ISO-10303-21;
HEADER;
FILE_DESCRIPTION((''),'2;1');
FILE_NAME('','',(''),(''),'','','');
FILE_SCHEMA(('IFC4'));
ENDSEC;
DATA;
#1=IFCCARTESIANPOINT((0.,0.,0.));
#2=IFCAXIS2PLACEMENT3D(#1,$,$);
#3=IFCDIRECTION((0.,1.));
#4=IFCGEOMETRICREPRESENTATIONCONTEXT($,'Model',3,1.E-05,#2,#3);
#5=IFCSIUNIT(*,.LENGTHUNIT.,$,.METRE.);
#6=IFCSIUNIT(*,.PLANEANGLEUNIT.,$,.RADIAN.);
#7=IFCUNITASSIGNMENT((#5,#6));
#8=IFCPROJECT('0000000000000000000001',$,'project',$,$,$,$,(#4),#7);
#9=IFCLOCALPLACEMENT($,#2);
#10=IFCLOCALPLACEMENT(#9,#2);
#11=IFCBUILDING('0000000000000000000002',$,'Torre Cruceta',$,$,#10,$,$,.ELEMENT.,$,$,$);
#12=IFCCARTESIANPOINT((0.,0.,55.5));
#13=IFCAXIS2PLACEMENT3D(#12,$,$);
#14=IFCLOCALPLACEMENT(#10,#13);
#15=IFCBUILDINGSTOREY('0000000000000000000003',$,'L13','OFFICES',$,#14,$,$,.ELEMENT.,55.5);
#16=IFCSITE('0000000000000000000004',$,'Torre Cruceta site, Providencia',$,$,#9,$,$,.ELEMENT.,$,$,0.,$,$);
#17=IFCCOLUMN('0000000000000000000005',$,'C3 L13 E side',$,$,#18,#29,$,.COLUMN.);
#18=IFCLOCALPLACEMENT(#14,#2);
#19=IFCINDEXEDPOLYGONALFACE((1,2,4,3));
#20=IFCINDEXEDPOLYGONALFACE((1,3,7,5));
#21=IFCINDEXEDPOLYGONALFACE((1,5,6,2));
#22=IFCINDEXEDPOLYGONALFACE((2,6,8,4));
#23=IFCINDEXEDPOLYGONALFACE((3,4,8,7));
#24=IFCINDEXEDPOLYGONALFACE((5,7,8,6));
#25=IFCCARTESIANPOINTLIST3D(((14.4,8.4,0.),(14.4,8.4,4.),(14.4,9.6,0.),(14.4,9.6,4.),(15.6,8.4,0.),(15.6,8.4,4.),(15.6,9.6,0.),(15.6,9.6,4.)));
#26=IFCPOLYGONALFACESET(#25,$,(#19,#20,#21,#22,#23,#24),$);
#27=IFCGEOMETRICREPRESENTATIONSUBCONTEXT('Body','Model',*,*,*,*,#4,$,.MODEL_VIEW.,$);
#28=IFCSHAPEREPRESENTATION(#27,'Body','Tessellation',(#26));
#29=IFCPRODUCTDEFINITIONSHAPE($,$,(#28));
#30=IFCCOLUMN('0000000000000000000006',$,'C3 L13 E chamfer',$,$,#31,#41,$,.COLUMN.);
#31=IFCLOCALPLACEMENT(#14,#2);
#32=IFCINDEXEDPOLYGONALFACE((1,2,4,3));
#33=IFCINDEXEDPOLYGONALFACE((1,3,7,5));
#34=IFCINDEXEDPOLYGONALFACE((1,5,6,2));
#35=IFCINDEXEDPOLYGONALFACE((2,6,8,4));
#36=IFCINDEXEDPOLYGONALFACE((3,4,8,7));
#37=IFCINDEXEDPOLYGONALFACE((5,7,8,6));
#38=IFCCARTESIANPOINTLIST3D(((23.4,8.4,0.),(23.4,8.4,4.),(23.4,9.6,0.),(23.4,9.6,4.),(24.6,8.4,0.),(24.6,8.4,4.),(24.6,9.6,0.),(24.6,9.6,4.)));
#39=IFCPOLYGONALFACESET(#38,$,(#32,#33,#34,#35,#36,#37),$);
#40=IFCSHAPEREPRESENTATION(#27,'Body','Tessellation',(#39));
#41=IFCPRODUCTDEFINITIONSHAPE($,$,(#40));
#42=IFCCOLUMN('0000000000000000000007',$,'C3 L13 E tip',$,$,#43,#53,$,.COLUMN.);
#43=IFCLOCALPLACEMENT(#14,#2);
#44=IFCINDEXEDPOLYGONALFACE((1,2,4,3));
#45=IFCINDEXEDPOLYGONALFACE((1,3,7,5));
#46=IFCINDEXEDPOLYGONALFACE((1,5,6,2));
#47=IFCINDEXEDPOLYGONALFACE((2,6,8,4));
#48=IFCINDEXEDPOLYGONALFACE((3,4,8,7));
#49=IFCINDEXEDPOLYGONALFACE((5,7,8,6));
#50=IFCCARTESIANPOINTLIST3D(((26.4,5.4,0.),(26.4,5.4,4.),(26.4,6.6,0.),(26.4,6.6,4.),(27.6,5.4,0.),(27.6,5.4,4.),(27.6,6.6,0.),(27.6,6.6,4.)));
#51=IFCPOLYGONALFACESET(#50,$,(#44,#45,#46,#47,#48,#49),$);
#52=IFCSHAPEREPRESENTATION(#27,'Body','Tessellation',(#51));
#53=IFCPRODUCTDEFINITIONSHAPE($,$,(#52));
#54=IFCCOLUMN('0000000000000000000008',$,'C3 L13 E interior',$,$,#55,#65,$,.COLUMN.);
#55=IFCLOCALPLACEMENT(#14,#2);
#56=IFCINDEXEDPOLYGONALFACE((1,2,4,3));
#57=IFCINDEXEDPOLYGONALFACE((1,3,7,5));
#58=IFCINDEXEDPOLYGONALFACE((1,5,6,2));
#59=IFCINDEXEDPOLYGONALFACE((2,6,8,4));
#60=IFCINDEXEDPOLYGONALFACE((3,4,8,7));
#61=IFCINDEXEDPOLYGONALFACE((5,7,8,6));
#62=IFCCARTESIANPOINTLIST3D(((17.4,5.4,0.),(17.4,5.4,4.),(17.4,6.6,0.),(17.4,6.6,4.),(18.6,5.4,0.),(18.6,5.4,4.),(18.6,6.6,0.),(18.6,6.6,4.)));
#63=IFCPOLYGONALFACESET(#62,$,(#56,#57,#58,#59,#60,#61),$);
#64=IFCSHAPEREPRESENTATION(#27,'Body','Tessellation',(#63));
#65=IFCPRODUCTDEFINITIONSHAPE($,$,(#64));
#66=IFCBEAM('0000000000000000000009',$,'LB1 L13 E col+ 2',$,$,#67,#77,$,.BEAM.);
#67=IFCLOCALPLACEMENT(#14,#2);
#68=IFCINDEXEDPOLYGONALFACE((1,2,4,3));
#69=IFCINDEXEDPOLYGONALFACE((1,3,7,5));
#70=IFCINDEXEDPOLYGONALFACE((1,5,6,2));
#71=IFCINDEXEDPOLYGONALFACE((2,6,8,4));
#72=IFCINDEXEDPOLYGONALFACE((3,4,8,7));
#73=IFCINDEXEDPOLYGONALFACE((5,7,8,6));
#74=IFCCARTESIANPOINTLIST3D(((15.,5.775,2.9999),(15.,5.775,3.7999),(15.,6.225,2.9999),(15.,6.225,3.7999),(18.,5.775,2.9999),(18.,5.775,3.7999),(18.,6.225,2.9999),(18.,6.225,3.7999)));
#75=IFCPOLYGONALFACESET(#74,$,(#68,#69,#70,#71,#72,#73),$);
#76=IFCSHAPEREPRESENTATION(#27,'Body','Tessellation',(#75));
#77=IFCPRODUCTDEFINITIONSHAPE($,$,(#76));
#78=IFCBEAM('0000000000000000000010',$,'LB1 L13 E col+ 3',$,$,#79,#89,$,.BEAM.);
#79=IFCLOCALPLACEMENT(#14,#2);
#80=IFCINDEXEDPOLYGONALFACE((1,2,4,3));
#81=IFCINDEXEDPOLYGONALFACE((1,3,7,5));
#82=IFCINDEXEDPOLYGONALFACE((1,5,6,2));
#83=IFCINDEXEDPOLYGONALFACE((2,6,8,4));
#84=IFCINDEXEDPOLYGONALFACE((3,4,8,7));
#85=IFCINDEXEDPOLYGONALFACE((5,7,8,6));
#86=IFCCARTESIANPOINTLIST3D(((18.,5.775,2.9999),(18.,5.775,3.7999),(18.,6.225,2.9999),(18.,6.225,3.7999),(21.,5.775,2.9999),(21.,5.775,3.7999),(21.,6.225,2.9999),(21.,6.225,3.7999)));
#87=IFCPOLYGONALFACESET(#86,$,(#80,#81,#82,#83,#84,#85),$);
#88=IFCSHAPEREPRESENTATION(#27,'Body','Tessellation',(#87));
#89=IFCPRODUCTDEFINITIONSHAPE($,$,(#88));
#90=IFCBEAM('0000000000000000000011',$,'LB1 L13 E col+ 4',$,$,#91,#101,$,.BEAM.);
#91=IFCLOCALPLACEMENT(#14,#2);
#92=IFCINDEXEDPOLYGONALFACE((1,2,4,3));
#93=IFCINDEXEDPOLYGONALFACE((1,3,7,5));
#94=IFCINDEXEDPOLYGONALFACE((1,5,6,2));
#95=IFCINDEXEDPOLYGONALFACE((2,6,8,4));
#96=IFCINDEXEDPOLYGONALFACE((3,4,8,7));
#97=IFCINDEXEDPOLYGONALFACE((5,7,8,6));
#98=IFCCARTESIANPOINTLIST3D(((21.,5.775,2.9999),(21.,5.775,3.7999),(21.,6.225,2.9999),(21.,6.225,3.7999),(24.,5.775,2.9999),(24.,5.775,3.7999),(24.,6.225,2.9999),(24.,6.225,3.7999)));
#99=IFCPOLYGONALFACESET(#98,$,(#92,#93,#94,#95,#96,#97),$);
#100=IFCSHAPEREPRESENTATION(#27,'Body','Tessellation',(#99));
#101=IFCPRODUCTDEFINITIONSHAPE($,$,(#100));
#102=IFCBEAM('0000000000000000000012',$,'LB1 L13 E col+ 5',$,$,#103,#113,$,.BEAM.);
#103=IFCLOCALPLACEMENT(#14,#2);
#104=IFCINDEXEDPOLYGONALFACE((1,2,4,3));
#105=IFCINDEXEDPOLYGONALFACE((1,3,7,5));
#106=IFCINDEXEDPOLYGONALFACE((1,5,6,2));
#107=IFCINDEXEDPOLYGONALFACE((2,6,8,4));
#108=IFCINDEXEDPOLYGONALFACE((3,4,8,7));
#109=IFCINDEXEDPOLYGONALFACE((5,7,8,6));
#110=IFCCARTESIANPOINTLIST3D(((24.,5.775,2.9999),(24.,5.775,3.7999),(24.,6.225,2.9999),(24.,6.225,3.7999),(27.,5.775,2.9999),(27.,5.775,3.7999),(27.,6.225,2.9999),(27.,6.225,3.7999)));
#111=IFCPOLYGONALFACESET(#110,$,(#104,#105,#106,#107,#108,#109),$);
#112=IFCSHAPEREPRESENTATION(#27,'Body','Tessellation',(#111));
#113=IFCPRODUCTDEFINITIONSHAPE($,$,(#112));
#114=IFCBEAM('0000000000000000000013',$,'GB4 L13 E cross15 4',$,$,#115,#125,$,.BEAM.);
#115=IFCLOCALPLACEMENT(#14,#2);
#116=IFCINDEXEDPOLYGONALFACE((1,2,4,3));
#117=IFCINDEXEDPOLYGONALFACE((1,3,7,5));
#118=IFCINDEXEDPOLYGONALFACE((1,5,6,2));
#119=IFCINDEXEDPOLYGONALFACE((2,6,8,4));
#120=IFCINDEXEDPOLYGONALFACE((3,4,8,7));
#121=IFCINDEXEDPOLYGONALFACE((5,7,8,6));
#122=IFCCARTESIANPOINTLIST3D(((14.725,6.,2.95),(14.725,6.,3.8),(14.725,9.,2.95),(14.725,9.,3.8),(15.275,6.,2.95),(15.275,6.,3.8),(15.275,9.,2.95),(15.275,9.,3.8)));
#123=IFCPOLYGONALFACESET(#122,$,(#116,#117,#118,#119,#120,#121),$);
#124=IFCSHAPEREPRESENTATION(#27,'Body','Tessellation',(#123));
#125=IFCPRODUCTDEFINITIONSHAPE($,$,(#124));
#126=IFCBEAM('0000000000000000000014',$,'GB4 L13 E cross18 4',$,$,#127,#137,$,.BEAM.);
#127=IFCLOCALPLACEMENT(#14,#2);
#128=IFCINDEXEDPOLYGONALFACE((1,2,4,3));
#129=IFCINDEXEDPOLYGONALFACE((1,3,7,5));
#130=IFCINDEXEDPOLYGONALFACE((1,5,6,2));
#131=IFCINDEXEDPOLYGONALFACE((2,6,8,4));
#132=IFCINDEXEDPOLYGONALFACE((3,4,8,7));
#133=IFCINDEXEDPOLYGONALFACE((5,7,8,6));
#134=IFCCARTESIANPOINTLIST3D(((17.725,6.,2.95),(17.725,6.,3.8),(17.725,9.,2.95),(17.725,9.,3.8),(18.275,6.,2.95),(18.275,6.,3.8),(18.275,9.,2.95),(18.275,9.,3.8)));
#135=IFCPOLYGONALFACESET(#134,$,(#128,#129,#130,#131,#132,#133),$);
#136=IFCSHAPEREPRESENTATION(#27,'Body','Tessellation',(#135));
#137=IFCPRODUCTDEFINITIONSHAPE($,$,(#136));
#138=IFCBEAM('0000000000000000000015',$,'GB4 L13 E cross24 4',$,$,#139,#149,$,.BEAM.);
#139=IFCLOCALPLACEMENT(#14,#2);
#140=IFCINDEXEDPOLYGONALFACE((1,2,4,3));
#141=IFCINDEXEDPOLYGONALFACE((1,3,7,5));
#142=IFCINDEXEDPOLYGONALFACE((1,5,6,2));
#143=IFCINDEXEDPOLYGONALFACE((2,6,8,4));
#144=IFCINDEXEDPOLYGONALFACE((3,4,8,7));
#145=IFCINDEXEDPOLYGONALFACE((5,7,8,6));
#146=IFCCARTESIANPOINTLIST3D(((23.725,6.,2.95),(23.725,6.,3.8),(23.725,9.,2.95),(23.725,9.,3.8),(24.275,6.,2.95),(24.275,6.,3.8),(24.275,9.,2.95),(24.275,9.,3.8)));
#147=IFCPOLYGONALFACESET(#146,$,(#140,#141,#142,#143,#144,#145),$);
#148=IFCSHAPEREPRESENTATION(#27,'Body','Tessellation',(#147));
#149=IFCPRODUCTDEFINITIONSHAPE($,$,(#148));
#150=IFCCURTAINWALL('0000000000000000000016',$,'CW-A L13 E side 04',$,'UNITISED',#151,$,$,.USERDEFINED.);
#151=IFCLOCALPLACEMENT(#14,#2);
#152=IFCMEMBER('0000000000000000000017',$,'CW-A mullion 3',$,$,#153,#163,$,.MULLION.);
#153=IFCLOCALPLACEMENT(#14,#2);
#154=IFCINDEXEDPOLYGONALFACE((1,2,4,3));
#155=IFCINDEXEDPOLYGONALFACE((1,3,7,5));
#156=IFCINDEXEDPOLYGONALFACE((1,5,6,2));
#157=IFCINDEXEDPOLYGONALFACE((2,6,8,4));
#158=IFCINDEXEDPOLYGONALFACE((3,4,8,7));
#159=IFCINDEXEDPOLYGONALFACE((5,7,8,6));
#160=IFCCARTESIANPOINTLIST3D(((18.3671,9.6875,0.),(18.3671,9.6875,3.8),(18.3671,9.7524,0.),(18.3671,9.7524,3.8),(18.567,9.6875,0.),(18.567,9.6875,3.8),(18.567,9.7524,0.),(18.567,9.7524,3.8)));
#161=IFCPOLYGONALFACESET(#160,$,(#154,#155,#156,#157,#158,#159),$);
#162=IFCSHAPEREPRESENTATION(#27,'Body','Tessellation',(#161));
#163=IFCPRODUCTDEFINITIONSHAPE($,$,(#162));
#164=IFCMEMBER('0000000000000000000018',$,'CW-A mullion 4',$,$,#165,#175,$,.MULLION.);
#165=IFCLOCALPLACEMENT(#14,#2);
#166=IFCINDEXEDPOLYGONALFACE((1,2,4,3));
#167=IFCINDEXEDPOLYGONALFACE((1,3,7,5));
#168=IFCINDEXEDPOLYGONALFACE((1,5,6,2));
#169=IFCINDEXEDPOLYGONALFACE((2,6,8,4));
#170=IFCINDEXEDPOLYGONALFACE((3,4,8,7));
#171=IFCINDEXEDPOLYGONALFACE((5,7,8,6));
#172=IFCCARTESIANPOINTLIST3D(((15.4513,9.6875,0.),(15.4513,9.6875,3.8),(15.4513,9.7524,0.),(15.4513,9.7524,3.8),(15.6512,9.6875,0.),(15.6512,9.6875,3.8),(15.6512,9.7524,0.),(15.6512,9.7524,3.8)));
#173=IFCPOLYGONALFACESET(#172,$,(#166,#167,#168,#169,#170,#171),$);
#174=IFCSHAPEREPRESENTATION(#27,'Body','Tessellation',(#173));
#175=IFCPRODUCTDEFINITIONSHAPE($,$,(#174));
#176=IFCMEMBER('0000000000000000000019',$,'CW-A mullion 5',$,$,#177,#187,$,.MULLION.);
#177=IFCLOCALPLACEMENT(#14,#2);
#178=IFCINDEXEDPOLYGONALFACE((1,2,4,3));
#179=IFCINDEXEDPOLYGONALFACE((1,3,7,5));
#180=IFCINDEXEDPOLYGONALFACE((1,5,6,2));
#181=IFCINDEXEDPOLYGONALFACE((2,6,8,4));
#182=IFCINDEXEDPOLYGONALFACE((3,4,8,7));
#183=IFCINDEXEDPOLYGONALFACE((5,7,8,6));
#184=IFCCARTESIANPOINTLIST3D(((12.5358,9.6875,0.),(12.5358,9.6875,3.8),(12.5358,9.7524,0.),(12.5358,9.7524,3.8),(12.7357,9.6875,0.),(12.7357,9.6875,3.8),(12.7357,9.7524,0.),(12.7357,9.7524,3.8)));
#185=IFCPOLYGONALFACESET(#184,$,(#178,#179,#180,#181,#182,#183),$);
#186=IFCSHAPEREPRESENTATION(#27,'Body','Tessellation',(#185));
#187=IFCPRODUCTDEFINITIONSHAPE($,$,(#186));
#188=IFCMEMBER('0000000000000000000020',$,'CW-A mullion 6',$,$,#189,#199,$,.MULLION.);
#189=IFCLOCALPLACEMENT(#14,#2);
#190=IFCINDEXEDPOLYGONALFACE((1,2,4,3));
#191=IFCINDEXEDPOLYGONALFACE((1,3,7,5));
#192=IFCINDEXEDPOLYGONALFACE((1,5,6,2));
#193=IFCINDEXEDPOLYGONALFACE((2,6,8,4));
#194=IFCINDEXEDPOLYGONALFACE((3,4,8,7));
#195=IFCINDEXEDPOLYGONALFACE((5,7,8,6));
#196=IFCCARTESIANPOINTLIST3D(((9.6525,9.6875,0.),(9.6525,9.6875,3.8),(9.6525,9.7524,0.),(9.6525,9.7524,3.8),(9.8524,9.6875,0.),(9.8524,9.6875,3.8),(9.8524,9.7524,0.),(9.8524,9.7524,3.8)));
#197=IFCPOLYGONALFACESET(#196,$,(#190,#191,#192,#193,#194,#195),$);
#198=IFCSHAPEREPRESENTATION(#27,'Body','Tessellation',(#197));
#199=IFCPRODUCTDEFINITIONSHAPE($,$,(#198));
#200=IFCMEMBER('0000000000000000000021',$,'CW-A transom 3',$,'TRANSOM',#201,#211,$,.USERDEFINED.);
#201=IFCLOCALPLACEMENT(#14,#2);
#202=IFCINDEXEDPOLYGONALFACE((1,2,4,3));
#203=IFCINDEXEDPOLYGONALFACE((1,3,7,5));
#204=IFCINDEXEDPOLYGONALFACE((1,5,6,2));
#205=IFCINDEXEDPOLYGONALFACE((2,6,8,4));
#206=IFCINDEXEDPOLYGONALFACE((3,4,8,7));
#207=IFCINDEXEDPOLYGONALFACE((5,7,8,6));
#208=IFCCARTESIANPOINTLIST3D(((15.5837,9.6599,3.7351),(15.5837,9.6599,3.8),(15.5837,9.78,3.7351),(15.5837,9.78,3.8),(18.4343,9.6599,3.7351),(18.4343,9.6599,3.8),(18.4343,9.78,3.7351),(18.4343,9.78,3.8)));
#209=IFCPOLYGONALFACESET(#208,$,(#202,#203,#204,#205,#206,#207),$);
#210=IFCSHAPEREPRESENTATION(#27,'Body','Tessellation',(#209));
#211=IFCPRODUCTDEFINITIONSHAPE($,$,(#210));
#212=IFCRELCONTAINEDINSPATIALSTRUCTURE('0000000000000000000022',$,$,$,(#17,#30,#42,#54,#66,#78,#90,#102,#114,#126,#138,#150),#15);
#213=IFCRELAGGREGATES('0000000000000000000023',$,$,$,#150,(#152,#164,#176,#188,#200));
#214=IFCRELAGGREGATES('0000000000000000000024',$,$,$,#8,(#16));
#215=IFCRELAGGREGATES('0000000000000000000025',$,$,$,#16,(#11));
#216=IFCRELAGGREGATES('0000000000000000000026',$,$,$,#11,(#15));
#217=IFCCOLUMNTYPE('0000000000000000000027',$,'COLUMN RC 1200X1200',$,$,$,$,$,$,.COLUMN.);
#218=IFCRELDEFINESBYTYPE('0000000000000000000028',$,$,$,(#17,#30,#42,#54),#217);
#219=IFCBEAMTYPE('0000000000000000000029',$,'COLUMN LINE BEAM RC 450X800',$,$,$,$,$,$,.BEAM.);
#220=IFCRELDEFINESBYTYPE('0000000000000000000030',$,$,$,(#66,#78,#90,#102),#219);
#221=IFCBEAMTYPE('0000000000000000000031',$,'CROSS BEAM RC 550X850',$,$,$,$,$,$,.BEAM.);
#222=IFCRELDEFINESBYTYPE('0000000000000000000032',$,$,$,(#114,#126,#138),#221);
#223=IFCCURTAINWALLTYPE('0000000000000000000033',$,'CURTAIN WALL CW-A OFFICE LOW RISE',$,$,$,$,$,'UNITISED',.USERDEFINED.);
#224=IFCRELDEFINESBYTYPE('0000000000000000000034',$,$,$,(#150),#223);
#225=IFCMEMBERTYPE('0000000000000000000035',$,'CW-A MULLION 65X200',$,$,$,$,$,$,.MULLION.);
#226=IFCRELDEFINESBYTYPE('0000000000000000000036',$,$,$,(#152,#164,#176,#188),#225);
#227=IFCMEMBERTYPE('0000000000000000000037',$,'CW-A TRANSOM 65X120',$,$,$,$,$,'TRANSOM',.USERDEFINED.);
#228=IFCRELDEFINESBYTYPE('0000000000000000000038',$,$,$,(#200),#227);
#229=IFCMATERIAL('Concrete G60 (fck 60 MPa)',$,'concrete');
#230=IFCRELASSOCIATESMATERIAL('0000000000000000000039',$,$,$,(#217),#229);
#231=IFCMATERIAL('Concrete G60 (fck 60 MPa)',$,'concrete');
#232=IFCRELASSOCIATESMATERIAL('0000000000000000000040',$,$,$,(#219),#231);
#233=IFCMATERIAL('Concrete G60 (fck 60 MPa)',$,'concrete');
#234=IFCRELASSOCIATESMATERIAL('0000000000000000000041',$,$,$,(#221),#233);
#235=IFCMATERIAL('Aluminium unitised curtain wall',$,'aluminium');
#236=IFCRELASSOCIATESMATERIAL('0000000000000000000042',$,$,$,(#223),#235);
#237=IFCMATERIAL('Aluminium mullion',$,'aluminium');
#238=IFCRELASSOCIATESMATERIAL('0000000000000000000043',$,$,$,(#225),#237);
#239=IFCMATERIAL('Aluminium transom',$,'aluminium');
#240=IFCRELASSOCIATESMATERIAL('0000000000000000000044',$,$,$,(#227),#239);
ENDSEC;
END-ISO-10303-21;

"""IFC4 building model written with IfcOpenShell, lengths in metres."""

from ifc_helpers import new_model, si_unit, direction, frame, origin, origin_2d, place, context, subcontext, project, spatial, rectangle, extrude, material, material_profile, profile_set, type_object, element, aggregate, save


model = new_model("IFC4")

# Units and contexts
model_context = context("Model", 3, precision=1e-05, world=origin(), true_north=direction((0.0, 1.0)))
body_context = subcontext(model_context, "Body", "Model", "MODEL_VIEW")
ifc_project = project(units=[si_unit("LENGTHUNIT", "METRE"), si_unit("PLANEANGLEUNIT", "RADIAN")], contexts=[model_context])

# Site, building, storey
site_placement = place(None, origin())
site = spatial("IfcSite", under=ifc_project, at=site_placement, Name="Torre Cruceta site, Providencia", CompositionType="ELEMENT", RefElevation=0.0)
building_placement = place(site_placement, origin())
building = spatial("IfcBuilding", under=site, at=building_placement, Name="Torre Cruceta", CompositionType="ELEMENT")
storey_placement = place(building_placement, frame((0.0, 0.0, 55.5)))
storey = spatial("IfcBuildingStorey", under=building, at=storey_placement, Name="L13", Description="OFFICES", CompositionType="ELEMENT", Elevation=55.5)

# Columns
ifc_material_1 = material(Name="Concrete G60 (fck 60 MPa)", Category="concrete")
ifc_material_profile_1 = material_profile(ifc_material_1, rectangle(XDim=1.2, YDim=1.2, at=origin_2d()), Name="RC 1200X1200")
ifc_profile_set_1 = profile_set([ifc_material_profile_1], Name="Concrete G60 (fck 60 MPa)")
column_type = type_object("IfcColumnType", Name="COLUMN RC 1200X1200", PredefinedType="COLUMN", material=ifc_profile_set_1)
for number, where, z_axis, x_axis, name in (
    (1, (15.0, 9.0, 0.0), (0.0, 0.0, 1.0), (1.0, 0.0, 0.0), "C3 L13 E side"),
    (2, (24.0, 9.0, 0.0), (0.0, 0.0, 1.0), (1.0, 0.0, 0.0), "C3 L13 E chamfer"),
    (3, (27.0, 6.0, 0.0), (0.0, 0.0, 1.0), (1.0, 0.0, 0.0), "C3 L13 E tip"),
    (4, (18.0, 6.0, 0.0), (0.0, 0.0, 1.0), (1.0, 0.0, 0.0), "C3 L13 E interior"),
):
    element("IfcColumn", number, at=place(storey_placement, frame(where, z_axis=z_axis, x_axis=x_axis)), inside=storey, type_object=column_type, Name=name, PredefinedType="COLUMN", context=body_context, shape_type="SweptSolid", body=[
        extrude(rectangle(XDim=1.2, YDim=1.2, at=origin_2d()), origin(), (0.0, 0.0, 1.0), 4.0),
    ])

# Beams
ifc_material_2 = material(Name="Concrete G60 (fck 60 MPa)", Category="concrete")
ifc_material_profile_2 = material_profile(ifc_material_2, rectangle(XDim=0.45, YDim=0.8, at=origin_2d()), Name="RC 450X800")
ifc_profile_set_2 = profile_set([ifc_material_profile_2], Name="Concrete G60 (fck 60 MPa)")
beam_type_1 = type_object("IfcBeamType", Name="COLUMN LINE BEAM RC 450X800", PredefinedType="BEAM", material=ifc_profile_set_2)
for number, where, z_axis, x_axis, name in (
    (5, (15.0, 6.0, 3.3999), (1.0, 0.0, 0.0), (0.0, 1.0, 0.0), "LB1 L13 E col+ 2"),
    (6, (18.0, 6.0, 3.3999), (1.0, 0.0, 0.0), (0.0, 1.0, 0.0), "LB1 L13 E col+ 3"),
    (7, (21.0, 6.0, 3.3999), (1.0, 0.0, 0.0), (0.0, 1.0, 0.0), "LB1 L13 E col+ 4"),
    (8, (24.0, 6.0, 3.3999), (1.0, 0.0, 0.0), (0.0, 1.0, 0.0), "LB1 L13 E col+ 5"),
):
    element("IfcBeam", number, at=place(storey_placement, frame(where, z_axis=z_axis, x_axis=x_axis)), inside=storey, type_object=beam_type_1, Name=name, PredefinedType="BEAM", context=body_context, shape_type="SweptSolid", body=[
        extrude(rectangle(XDim=0.45, YDim=0.8, at=origin_2d()), origin(), (0.0, 0.0, 1.0), 3.0),
    ])
ifc_material_3 = material(Name="Concrete G60 (fck 60 MPa)", Category="concrete")
ifc_material_profile_3 = material_profile(ifc_material_3, rectangle(XDim=0.55, YDim=0.8501, at=origin_2d()), Name="RC 550X850")
ifc_profile_set_3 = profile_set([ifc_material_profile_3], Name="Concrete G60 (fck 60 MPa)")
beam_type_2 = type_object("IfcBeamType", Name="CROSS BEAM RC 550X850", PredefinedType="BEAM", material=ifc_profile_set_3)
for number, where, z_axis, x_axis, name in (
    (9, (15.0, 6.0, 3.375), (0.0, 1.0, 0.0), (-1.0, 0.0, 0.0), "GB4 L13 E cross15 4"),
    (10, (18.0, 6.0, 3.375), (0.0, 1.0, 0.0), (-1.0, 0.0, 0.0), "GB4 L13 E cross18 4"),
    (11, (24.0, 6.0, 3.375), (0.0, 1.0, 0.0), (-1.0, 0.0, 0.0), "GB4 L13 E cross24 4"),
):
    element("IfcBeam", number, at=place(storey_placement, frame(where, z_axis=z_axis, x_axis=x_axis)), inside=storey, type_object=beam_type_2, Name=name, PredefinedType="BEAM", context=body_context, shape_type="SweptSolid", body=[
        extrude(rectangle(XDim=0.55, YDim=0.8501, at=origin_2d()), origin(), (0.0, 0.0, 1.0), 3.0),
    ])

# Curtain wall, members
ifc_material_4 = material(Name="Aluminium unitised curtain wall", Category="aluminium")
curtain_wall_type = type_object("IfcCurtainWallType", Name="CURTAIN WALL CW-A OFFICE LOW RISE", ElementType="UNITISED", PredefinedType="USERDEFINED", material=ifc_material_4)
curtain_wall_placement = place(storey_placement, origin())
curtain_wall = element("IfcCurtainWall", 12, at=curtain_wall_placement, inside=storey, type_object=curtain_wall_type, Name="CW-A L13 E side 04", ObjectType="UNITISED", PredefinedType="USERDEFINED")
ifc_material_5 = material(Name="Aluminium mullion", Category="aluminium")
ifc_material_profile_4 = material_profile(ifc_material_5, rectangle(XDim=0.0649, YDim=0.2, at=origin_2d()), Name="AL 65X200")
ifc_profile_set_4 = profile_set([ifc_material_profile_4], Name="Aluminium mullion")
member_type_1 = type_object("IfcMemberType", Name="CW-A MULLION 65X200", PredefinedType="MULLION", material=ifc_profile_set_4)
member_1_placement = place(storey_placement, frame((18.467, 9.72, 0.0), z_axis=(0.0, 0.0, 1.0), x_axis=(0.0, -1.0, 0.0)))
member_1 = element("IfcMember", 13, at=member_1_placement, type_object=member_type_1, Name="CW-A mullion 3", PredefinedType="MULLION", context=body_context, shape_type="SweptSolid", body=[
    extrude(rectangle(XDim=0.0649, YDim=0.2, at=origin_2d()), origin(), (0.0, 0.0, 1.0), 3.8),
])
member_2_placement = place(storey_placement, frame((15.5513, 9.72, 0.0), z_axis=(0.0, 0.0, 1.0), x_axis=(0.0, -1.0, 0.0)))
member_2 = element("IfcMember", 14, at=member_2_placement, type_object=member_type_1, Name="CW-A mullion 4", PredefinedType="MULLION", context=body_context, shape_type="SweptSolid", body=[
    extrude(rectangle(XDim=0.0649, YDim=0.2, at=origin_2d()), origin(), (0.0, 0.0, 1.0), 3.8),
])
member_3_placement = place(storey_placement, frame((12.6357, 9.72, 0.0), z_axis=(0.0, 0.0, 1.0), x_axis=(0.0, -1.0, 0.0)))
member_3 = element("IfcMember", 15, at=member_3_placement, type_object=member_type_1, Name="CW-A mullion 5", PredefinedType="MULLION", context=body_context, shape_type="SweptSolid", body=[
    extrude(rectangle(XDim=0.0649, YDim=0.2, at=origin_2d()), origin(), (0.0, 0.0, 1.0), 3.8),
])
member_4_placement = place(storey_placement, frame((9.7524, 9.72, 0.0), z_axis=(0.0, 0.0, 1.0), x_axis=(0.0, -1.0, 0.0)))
member_4 = element("IfcMember", 16, at=member_4_placement, type_object=member_type_1, Name="CW-A mullion 6", PredefinedType="MULLION", context=body_context, shape_type="SweptSolid", body=[
    extrude(rectangle(XDim=0.0649, YDim=0.2, at=origin_2d()), origin(), (0.0, 0.0, 1.0), 3.8),
])
ifc_material_6 = material(Name="Aluminium transom", Category="aluminium")
ifc_material_profile_5 = material_profile(ifc_material_6, rectangle(XDim=0.1201, YDim=0.0649, at=origin_2d()), Name="AL 120X65")
ifc_profile_set_5 = profile_set([ifc_material_profile_5], Name="Aluminium transom")
member_type_2 = type_object("IfcMemberType", Name="CW-A TRANSOM 65X120", ElementType="TRANSOM", PredefinedType="USERDEFINED", material=ifc_profile_set_5)
member_5_placement = place(storey_placement, frame((18.4343, 9.72, 3.7676), z_axis=(-1.0, 0.0, 0.0), x_axis=(0.0, -1.0, 0.0)))
member_5 = element("IfcMember", 17, at=member_5_placement, type_object=member_type_2, Name="CW-A transom 3", ObjectType="TRANSOM", PredefinedType="USERDEFINED", context=body_context, shape_type="SweptSolid", body=[
    extrude(rectangle(XDim=0.1201, YDim=0.0649, at=origin_2d()), origin(), (0.0, 0.0, 1.0), 2.8506),
])

aggregate(curtain_wall, [member_1, member_2, member_3, member_4, member_5])

save(model, "model.ifc")
